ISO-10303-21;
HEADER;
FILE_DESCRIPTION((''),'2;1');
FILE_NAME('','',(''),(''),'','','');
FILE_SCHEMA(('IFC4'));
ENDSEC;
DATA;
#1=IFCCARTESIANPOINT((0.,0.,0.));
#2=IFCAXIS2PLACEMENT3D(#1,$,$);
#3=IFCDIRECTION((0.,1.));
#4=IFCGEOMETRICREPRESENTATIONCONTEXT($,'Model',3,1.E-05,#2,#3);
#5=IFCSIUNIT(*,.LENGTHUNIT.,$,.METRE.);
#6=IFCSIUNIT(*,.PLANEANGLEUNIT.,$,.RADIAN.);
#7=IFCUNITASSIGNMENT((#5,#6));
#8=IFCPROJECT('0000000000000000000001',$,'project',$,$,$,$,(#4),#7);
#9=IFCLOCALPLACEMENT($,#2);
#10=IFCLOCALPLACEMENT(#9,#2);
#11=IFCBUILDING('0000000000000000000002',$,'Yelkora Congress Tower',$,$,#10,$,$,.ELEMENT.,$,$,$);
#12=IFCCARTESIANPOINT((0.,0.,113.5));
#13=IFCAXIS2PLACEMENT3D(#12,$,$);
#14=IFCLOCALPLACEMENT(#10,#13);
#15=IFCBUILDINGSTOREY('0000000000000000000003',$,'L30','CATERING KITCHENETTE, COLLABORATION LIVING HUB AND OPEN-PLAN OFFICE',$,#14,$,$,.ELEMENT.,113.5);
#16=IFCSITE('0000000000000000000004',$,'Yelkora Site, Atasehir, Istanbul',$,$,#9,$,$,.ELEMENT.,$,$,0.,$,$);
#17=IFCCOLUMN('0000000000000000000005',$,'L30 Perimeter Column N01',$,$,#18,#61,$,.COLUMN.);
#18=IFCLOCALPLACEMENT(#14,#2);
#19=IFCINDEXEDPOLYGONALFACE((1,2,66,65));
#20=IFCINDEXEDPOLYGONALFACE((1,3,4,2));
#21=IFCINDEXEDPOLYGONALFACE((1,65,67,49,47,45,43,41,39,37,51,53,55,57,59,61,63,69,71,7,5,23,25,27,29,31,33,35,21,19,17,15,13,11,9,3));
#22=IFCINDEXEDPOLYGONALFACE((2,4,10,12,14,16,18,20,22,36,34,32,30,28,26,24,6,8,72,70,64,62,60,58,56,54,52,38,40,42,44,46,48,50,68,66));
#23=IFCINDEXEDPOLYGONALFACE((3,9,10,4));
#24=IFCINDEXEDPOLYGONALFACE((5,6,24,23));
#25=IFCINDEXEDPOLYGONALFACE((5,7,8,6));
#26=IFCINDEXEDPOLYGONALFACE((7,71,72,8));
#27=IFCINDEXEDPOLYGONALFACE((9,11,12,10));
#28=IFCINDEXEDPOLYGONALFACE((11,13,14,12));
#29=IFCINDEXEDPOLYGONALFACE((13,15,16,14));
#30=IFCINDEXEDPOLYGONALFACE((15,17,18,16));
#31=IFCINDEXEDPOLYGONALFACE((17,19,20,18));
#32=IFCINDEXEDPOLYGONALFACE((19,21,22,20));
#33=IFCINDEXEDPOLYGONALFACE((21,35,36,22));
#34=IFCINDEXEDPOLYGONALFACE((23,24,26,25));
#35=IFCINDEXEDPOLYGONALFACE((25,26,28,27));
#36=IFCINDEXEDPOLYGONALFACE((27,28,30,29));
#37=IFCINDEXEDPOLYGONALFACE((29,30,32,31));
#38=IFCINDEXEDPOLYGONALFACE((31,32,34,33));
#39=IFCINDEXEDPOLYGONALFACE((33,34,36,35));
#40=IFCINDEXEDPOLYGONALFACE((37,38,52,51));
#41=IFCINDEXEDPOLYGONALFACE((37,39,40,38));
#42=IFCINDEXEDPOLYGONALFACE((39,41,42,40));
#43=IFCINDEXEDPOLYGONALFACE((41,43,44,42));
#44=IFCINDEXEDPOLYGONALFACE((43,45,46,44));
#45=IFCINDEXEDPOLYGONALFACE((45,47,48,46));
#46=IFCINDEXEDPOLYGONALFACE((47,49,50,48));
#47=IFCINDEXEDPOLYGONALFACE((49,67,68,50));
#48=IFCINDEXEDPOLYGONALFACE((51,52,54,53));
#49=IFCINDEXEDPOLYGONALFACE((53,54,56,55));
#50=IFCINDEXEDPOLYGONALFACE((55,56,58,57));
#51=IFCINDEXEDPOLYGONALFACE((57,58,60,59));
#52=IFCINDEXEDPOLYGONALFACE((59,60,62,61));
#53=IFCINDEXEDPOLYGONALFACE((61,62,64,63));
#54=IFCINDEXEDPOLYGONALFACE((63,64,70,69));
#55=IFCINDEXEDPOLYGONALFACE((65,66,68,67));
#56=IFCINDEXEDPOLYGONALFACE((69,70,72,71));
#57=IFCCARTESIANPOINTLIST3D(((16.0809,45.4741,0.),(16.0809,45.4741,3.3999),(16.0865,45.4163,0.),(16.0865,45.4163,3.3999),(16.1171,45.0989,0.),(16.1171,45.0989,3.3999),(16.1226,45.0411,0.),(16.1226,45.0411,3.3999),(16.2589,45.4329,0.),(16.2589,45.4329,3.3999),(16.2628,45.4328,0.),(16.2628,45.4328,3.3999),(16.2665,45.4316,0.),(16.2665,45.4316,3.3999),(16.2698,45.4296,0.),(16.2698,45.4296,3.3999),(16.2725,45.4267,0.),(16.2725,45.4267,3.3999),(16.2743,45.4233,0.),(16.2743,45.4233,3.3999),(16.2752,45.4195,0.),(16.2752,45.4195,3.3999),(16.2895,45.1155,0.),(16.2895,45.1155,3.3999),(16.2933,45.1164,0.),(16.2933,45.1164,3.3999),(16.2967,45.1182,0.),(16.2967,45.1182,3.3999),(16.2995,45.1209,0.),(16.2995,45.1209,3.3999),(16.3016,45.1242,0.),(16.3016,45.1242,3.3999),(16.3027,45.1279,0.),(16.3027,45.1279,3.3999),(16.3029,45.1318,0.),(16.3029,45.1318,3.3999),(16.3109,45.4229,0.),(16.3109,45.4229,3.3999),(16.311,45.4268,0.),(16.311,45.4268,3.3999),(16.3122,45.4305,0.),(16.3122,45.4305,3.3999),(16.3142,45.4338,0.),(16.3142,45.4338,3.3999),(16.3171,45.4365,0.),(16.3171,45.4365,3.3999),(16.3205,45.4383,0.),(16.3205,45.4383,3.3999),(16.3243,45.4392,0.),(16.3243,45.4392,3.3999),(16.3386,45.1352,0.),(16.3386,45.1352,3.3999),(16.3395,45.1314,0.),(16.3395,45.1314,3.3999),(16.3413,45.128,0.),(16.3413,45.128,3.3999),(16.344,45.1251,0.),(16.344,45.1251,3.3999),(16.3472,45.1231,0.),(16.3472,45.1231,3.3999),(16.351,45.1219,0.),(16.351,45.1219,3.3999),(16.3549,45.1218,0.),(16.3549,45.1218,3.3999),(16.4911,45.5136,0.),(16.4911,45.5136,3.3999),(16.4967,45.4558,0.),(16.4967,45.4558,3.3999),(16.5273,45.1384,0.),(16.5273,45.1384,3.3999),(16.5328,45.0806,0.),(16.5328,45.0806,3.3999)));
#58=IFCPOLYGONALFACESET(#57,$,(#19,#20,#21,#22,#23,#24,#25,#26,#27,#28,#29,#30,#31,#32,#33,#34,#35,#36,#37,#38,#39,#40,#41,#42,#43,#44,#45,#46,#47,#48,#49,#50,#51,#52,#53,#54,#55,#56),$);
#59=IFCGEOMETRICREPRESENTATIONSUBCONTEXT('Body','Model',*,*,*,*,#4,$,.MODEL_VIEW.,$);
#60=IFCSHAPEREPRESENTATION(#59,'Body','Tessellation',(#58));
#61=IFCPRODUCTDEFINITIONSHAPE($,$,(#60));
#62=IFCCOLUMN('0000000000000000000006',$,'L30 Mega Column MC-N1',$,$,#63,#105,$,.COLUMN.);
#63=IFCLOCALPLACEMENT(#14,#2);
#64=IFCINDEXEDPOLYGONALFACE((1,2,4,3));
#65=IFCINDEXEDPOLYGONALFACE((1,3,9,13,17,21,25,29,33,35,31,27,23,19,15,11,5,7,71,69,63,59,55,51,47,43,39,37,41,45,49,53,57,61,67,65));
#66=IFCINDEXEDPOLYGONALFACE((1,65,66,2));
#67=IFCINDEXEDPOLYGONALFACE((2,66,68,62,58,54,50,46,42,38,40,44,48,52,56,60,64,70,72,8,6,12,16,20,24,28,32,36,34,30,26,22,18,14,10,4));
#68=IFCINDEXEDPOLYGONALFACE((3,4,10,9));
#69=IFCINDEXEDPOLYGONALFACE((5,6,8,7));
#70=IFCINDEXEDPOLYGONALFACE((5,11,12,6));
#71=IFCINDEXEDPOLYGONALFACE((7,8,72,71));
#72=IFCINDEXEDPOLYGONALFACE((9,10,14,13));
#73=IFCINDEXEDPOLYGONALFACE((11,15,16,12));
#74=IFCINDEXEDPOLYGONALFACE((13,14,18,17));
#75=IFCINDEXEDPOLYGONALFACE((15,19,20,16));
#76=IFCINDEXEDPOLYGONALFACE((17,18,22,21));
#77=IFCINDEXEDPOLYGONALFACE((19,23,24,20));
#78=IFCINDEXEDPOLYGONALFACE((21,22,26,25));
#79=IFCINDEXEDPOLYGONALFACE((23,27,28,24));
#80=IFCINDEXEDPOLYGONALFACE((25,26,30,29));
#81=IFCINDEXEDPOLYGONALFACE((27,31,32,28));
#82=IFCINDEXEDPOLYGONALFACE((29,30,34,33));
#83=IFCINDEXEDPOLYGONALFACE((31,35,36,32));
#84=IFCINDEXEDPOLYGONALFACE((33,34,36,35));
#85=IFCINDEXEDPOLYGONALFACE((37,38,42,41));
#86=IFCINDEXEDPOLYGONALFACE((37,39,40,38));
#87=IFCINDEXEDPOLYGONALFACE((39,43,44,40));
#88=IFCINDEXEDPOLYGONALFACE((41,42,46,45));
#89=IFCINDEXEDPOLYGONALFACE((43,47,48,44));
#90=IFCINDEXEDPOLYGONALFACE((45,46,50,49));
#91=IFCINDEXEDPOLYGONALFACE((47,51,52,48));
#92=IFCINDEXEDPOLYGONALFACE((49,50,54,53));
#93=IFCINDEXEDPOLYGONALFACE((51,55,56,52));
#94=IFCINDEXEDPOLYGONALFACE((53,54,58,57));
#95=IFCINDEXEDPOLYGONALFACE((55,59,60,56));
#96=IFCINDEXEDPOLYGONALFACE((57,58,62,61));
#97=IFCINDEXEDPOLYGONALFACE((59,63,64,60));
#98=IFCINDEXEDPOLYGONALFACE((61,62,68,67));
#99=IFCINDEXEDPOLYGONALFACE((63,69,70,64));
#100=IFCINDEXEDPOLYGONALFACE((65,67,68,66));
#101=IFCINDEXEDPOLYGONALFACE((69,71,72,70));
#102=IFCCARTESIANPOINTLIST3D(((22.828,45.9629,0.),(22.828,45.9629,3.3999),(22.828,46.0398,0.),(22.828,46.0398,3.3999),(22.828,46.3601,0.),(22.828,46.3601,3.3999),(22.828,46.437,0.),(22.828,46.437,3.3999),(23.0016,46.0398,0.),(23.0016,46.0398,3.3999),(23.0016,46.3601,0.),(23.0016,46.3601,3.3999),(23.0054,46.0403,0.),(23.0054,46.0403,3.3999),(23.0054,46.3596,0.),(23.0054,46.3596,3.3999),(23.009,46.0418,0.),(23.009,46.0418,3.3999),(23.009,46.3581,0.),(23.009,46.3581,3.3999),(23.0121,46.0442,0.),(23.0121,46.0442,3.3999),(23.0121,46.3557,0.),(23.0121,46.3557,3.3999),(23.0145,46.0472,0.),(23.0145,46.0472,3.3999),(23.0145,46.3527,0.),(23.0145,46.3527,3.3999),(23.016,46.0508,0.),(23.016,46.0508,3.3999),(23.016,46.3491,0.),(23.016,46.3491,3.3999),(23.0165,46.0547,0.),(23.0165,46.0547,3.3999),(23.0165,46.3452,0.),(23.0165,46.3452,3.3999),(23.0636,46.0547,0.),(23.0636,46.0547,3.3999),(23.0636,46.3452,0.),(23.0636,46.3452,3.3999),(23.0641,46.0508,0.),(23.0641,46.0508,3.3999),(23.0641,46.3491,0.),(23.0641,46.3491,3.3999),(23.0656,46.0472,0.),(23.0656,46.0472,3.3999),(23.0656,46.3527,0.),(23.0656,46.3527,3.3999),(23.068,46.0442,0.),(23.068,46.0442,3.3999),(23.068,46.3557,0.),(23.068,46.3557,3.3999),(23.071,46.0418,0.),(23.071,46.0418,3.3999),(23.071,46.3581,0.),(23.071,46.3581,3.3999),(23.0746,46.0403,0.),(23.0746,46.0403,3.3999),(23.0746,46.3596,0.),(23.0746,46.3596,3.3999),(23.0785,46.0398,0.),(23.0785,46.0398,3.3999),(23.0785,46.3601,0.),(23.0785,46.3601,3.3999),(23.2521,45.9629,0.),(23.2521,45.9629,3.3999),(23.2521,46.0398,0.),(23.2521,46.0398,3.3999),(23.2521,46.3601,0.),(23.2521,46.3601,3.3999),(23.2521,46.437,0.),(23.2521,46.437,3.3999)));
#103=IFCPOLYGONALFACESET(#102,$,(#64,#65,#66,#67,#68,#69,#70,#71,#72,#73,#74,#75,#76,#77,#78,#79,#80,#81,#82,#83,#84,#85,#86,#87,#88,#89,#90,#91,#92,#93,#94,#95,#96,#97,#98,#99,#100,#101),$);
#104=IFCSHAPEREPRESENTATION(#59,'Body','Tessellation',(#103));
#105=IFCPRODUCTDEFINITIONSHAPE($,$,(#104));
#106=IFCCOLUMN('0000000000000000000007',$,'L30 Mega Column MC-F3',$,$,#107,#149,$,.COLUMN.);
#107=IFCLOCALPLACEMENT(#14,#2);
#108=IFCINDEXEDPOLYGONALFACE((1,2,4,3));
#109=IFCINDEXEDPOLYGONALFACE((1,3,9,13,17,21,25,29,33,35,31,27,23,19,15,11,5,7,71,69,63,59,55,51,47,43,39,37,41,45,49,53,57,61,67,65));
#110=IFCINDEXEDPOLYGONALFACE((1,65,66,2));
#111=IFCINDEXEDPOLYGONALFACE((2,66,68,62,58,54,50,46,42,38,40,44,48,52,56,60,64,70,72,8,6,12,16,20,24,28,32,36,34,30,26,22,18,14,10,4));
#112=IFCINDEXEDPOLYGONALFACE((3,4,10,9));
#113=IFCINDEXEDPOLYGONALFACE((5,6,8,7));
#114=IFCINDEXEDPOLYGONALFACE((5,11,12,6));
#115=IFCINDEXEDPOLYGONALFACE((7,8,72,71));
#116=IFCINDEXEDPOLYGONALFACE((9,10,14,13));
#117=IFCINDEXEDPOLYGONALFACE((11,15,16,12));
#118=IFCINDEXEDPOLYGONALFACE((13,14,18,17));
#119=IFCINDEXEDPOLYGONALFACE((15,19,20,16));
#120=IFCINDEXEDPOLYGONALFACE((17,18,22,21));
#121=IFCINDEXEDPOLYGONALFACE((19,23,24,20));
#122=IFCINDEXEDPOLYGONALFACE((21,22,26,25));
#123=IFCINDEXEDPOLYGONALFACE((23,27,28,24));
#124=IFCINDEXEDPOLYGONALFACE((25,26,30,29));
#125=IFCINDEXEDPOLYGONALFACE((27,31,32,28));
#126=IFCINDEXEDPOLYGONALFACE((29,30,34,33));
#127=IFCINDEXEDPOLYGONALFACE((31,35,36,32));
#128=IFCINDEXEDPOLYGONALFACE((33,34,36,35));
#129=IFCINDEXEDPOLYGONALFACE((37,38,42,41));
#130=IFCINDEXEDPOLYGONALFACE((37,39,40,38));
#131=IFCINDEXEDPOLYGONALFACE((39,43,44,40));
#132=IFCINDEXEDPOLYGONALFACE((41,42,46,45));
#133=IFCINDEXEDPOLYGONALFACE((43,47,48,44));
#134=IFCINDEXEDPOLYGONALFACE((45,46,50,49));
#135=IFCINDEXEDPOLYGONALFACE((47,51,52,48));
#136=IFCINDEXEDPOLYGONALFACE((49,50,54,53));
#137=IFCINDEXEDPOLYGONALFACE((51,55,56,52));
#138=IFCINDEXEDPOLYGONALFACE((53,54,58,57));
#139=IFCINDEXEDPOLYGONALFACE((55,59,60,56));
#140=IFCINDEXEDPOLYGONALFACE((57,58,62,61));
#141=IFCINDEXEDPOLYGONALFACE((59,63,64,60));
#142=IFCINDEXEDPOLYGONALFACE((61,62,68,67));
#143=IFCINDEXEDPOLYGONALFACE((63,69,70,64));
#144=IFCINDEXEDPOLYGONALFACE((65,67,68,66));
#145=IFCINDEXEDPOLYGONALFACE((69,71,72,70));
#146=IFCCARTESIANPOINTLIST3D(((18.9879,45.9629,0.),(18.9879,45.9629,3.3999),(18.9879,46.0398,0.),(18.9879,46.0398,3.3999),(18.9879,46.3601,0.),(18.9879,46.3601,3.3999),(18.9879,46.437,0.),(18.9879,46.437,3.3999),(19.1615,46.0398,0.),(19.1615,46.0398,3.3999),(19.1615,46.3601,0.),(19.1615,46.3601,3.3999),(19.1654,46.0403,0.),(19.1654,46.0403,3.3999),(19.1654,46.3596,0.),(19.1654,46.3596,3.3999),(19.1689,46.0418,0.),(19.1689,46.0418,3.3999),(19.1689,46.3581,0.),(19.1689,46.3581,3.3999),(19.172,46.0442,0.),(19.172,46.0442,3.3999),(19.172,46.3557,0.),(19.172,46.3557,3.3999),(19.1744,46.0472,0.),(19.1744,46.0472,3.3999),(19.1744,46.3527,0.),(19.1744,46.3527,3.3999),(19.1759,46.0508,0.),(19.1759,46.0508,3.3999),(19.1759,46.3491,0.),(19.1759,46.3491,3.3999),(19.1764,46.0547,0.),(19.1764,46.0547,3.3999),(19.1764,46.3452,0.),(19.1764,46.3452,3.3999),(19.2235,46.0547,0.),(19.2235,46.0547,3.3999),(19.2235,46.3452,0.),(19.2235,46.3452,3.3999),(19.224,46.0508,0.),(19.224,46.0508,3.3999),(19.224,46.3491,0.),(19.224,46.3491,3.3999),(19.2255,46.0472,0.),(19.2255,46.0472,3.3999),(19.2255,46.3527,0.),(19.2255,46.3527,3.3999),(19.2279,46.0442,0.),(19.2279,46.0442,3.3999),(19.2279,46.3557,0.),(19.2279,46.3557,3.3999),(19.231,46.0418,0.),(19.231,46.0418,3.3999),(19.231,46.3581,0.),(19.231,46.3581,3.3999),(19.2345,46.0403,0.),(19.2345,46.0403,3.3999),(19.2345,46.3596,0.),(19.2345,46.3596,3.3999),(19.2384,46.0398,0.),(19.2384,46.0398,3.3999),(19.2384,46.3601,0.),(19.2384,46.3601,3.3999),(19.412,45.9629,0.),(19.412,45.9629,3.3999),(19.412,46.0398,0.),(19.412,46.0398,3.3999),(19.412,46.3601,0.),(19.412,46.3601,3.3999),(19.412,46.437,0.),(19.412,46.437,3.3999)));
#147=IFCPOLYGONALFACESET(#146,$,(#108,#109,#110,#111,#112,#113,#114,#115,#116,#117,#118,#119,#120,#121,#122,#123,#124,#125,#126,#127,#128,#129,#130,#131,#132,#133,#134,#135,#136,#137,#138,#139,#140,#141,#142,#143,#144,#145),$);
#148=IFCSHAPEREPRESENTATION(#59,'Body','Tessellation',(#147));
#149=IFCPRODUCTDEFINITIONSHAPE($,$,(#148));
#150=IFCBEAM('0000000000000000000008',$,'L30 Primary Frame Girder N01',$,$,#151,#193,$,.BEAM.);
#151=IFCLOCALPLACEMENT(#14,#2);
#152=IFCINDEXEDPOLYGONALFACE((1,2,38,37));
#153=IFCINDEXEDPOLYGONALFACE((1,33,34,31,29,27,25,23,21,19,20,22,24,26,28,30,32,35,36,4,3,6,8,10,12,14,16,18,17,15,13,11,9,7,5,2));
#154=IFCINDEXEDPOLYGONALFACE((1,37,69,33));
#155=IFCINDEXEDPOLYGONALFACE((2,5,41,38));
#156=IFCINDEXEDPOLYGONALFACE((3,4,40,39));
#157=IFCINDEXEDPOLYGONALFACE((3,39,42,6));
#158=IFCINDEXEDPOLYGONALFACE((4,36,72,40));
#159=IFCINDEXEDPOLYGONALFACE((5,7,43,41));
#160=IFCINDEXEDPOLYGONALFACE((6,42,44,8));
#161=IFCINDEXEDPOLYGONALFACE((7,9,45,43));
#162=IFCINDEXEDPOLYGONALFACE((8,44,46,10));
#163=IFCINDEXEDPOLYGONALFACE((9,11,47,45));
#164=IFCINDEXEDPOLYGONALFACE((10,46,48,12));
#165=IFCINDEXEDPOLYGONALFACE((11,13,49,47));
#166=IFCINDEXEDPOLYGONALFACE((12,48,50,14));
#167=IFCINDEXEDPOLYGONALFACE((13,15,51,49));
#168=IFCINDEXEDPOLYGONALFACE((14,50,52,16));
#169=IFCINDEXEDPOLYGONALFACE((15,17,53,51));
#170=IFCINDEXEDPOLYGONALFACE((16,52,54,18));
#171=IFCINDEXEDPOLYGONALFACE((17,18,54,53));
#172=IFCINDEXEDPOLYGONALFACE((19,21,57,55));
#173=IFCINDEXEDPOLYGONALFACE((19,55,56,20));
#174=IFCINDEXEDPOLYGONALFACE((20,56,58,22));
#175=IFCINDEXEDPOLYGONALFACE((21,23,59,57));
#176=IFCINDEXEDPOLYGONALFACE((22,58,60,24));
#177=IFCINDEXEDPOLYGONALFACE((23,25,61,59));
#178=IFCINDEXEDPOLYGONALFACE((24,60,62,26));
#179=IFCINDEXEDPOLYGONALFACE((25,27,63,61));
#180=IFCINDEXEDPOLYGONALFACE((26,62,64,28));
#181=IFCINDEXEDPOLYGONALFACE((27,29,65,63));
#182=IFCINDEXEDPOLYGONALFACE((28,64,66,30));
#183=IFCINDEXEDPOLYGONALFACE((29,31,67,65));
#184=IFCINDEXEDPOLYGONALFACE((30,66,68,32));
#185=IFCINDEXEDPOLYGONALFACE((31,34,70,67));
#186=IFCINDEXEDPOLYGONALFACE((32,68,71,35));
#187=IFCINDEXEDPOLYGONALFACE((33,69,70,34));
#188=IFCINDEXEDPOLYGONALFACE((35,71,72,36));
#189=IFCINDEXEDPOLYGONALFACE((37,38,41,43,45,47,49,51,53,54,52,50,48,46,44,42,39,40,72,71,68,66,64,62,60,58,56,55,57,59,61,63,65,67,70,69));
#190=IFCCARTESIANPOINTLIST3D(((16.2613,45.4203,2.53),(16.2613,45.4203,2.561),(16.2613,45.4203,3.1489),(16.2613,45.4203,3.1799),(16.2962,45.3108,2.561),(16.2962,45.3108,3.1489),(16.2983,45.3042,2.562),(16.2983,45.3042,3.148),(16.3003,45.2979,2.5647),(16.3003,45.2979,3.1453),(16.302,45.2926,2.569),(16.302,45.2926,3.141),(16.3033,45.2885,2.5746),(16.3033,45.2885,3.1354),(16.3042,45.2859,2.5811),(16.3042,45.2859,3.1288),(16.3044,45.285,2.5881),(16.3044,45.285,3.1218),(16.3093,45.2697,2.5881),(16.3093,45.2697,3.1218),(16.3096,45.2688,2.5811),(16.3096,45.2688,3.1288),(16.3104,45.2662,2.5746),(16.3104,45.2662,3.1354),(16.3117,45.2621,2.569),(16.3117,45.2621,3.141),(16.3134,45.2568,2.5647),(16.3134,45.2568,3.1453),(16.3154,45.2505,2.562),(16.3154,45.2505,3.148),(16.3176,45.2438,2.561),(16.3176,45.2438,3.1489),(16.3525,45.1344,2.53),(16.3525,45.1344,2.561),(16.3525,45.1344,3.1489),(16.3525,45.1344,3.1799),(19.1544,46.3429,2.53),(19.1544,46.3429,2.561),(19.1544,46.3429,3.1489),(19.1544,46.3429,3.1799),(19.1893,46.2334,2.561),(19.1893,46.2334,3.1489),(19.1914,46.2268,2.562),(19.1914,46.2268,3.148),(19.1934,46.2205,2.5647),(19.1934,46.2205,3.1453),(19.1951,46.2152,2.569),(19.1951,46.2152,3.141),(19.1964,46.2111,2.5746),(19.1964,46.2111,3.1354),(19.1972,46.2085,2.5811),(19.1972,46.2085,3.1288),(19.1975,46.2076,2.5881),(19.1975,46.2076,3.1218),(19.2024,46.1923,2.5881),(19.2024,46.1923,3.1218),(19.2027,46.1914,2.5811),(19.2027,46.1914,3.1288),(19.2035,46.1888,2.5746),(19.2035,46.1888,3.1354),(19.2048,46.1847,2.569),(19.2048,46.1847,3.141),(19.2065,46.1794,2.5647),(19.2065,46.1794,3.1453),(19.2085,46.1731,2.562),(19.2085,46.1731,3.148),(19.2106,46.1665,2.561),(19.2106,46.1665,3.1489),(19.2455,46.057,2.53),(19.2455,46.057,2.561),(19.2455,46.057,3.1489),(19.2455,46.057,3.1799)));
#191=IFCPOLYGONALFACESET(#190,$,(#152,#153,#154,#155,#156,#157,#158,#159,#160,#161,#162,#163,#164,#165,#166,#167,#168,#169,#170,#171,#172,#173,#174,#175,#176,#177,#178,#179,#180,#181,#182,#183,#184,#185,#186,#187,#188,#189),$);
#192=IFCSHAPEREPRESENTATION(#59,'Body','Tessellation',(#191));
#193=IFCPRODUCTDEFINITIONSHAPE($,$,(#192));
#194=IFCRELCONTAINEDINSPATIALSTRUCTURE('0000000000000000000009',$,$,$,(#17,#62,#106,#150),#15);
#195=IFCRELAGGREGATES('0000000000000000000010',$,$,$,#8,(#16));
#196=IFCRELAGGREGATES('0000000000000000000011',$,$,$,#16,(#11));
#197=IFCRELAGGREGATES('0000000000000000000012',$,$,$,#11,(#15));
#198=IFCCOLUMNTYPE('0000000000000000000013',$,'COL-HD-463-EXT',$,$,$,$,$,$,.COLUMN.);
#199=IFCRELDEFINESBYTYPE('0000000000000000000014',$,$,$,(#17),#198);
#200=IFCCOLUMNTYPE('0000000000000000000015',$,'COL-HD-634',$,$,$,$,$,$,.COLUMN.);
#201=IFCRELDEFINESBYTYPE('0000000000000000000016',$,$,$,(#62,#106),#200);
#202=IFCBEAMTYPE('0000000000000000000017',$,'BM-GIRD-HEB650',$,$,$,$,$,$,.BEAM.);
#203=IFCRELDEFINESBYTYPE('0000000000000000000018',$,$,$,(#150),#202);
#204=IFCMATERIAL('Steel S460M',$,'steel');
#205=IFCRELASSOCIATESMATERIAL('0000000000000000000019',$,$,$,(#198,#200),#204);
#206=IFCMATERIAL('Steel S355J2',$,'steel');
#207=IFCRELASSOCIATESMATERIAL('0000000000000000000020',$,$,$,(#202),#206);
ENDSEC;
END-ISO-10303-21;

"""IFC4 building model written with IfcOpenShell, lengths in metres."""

from ifc_helpers import new_model, si_unit, direction, frame, origin, origin_2d, place, context, subcontext, project, spatial, i_section, extrude, material, material_profile, profile_set, type_object, element, save


model = new_model("IFC4")

# Units and contexts
model_context = context("Model", 3, precision=1e-05, world=origin(), true_north=direction((0.0, 1.0)))
body_context = subcontext(model_context, "Body", "Model", "MODEL_VIEW")
ifc_project = project(units=[si_unit("LENGTHUNIT", "METRE"), si_unit("PLANEANGLEUNIT", "RADIAN")], contexts=[model_context])

# Site, building, storey
site_placement = place(None, origin())
site = spatial("IfcSite", under=ifc_project, at=site_placement, Name="Yelkora Site, Atasehir, Istanbul", CompositionType="ELEMENT", RefElevation=0.0)
building_placement = place(site_placement, origin())
building = spatial("IfcBuilding", under=site, at=building_placement, Name="Yelkora Congress Tower", CompositionType="ELEMENT")
storey_placement = place(building_placement, frame((0.0, 0.0, 113.5)))
storey = spatial("IfcBuildingStorey", under=building, at=storey_placement, Name="L30", Description="CATERING KITCHENETTE, COLLABORATION LIVING HUB AND OPEN-PLAN OFFICE", CompositionType="ELEMENT", Elevation=113.5)

# Columns
ifc_material_1 = material(Name="Steel S460M", Category="steel")
ifc_material_profile_1 = material_profile(ifc_material_1, i_section(OverallWidth=0.4121, OverallDepth=0.4351, WebThickness=0.0359, FlangeThickness=0.0581, FilletRadius=0.0149, at=origin_2d()), Name="HD 400x463")
ifc_profile_set_1 = profile_set([ifc_material_profile_1], Name="Steel S460M")
column_type_1 = type_object("IfcColumnType", Name="COL-HD-463-EXT", PredefinedType="COLUMN", material=ifc_profile_set_1)
column_placement = place(storey_placement, frame((16.3069, 45.2773, 0.0), z_axis=(0.0, 0.0, 1.0), x_axis=(0.995396, 0.095846, 0.0)))
element("IfcColumn", 1, at=column_placement, inside=storey, type_object=column_type_1, Name="L30 Perimeter Column N01", PredefinedType="COLUMN", context=body_context, shape_type="SweptSolid", body=[
    extrude(i_section(OverallWidth=0.4121, OverallDepth=0.4351, WebThickness=0.0359, FlangeThickness=0.0581, FilletRadius=0.0149, at=origin_2d()), origin(), (0.0, 0.0, 1.0), 3.3999),
])
ifc_material_profile_2 = material_profile(ifc_material_1, i_section(OverallWidth=0.4241, OverallDepth=0.4741, WebThickness=0.0471, FlangeThickness=0.0769, FilletRadius=0.0149, at=origin_2d()), Name="HD 400x634")
ifc_profile_set_2 = profile_set([ifc_material_profile_2], Name="Steel S460M")
column_type_2 = type_object("IfcColumnType", Name="COL-HD-634", PredefinedType="COLUMN", material=ifc_profile_set_2)
for number, where, z_axis, x_axis, name in (
    (2, (23.04, 46.2, 0.0), (0.0, 0.0, 1.0), (1.0, 0.0, 0.0), "L30 Mega Column MC-N1"),
    (3, (19.2, 46.2, 0.0), (0.0, 0.0, 1.0), (1.0, 0.0, 0.0), "L30 Mega Column MC-F3"),
):
    element("IfcColumn", number, at=place(storey_placement, frame(where, z_axis=z_axis, x_axis=x_axis)), inside=storey, type_object=column_type_2, Name=name, PredefinedType="COLUMN", context=body_context, shape_type="SweptSolid", body=[
        extrude(i_section(OverallWidth=0.4241, OverallDepth=0.4741, WebThickness=0.0471, FlangeThickness=0.0769, FilletRadius=0.0149, at=origin_2d()), origin(), (0.0, 0.0, 1.0), 3.3999),
    ])

# Beam
ifc_material_2 = material(Name="Steel S355J2", Category="steel")
ifc_material_profile_3 = material_profile(ifc_material_2, i_section(OverallWidth=0.3, OverallDepth=0.6499, WebThickness=0.0161, FlangeThickness=0.031, FilletRadius=0.0271, at=origin_2d()), Name="HEB 650")
ifc_profile_set_3 = profile_set([ifc_material_profile_3], Name="Steel S355J2")
beam_type_1 = type_object("IfcBeamType", Name="BM-GIRD-HEB650", PredefinedType="BEAM", material=ifc_profile_set_3)
beam_1_placement = place(storey_placement, frame((16.3069, 45.2773, 2.855), z_axis=(0.952727, 0.303827, 0.0), x_axis=(-0.303827, 0.952727, 0.0)))
element("IfcBeam", 4, at=beam_1_placement, inside=storey, type_object=beam_type_1, Name="L30 Primary Frame Girder N01", PredefinedType="BEAM", context=body_context, shape_type="SweptSolid", body=[
    extrude(i_section(OverallWidth=0.3, OverallDepth=0.6499, WebThickness=0.0161, FlangeThickness=0.031, FilletRadius=0.0271, at=origin_2d()), origin(), (0.0, 0.0, 1.0), 3.0366),
])

save(model, "model.ifc")
